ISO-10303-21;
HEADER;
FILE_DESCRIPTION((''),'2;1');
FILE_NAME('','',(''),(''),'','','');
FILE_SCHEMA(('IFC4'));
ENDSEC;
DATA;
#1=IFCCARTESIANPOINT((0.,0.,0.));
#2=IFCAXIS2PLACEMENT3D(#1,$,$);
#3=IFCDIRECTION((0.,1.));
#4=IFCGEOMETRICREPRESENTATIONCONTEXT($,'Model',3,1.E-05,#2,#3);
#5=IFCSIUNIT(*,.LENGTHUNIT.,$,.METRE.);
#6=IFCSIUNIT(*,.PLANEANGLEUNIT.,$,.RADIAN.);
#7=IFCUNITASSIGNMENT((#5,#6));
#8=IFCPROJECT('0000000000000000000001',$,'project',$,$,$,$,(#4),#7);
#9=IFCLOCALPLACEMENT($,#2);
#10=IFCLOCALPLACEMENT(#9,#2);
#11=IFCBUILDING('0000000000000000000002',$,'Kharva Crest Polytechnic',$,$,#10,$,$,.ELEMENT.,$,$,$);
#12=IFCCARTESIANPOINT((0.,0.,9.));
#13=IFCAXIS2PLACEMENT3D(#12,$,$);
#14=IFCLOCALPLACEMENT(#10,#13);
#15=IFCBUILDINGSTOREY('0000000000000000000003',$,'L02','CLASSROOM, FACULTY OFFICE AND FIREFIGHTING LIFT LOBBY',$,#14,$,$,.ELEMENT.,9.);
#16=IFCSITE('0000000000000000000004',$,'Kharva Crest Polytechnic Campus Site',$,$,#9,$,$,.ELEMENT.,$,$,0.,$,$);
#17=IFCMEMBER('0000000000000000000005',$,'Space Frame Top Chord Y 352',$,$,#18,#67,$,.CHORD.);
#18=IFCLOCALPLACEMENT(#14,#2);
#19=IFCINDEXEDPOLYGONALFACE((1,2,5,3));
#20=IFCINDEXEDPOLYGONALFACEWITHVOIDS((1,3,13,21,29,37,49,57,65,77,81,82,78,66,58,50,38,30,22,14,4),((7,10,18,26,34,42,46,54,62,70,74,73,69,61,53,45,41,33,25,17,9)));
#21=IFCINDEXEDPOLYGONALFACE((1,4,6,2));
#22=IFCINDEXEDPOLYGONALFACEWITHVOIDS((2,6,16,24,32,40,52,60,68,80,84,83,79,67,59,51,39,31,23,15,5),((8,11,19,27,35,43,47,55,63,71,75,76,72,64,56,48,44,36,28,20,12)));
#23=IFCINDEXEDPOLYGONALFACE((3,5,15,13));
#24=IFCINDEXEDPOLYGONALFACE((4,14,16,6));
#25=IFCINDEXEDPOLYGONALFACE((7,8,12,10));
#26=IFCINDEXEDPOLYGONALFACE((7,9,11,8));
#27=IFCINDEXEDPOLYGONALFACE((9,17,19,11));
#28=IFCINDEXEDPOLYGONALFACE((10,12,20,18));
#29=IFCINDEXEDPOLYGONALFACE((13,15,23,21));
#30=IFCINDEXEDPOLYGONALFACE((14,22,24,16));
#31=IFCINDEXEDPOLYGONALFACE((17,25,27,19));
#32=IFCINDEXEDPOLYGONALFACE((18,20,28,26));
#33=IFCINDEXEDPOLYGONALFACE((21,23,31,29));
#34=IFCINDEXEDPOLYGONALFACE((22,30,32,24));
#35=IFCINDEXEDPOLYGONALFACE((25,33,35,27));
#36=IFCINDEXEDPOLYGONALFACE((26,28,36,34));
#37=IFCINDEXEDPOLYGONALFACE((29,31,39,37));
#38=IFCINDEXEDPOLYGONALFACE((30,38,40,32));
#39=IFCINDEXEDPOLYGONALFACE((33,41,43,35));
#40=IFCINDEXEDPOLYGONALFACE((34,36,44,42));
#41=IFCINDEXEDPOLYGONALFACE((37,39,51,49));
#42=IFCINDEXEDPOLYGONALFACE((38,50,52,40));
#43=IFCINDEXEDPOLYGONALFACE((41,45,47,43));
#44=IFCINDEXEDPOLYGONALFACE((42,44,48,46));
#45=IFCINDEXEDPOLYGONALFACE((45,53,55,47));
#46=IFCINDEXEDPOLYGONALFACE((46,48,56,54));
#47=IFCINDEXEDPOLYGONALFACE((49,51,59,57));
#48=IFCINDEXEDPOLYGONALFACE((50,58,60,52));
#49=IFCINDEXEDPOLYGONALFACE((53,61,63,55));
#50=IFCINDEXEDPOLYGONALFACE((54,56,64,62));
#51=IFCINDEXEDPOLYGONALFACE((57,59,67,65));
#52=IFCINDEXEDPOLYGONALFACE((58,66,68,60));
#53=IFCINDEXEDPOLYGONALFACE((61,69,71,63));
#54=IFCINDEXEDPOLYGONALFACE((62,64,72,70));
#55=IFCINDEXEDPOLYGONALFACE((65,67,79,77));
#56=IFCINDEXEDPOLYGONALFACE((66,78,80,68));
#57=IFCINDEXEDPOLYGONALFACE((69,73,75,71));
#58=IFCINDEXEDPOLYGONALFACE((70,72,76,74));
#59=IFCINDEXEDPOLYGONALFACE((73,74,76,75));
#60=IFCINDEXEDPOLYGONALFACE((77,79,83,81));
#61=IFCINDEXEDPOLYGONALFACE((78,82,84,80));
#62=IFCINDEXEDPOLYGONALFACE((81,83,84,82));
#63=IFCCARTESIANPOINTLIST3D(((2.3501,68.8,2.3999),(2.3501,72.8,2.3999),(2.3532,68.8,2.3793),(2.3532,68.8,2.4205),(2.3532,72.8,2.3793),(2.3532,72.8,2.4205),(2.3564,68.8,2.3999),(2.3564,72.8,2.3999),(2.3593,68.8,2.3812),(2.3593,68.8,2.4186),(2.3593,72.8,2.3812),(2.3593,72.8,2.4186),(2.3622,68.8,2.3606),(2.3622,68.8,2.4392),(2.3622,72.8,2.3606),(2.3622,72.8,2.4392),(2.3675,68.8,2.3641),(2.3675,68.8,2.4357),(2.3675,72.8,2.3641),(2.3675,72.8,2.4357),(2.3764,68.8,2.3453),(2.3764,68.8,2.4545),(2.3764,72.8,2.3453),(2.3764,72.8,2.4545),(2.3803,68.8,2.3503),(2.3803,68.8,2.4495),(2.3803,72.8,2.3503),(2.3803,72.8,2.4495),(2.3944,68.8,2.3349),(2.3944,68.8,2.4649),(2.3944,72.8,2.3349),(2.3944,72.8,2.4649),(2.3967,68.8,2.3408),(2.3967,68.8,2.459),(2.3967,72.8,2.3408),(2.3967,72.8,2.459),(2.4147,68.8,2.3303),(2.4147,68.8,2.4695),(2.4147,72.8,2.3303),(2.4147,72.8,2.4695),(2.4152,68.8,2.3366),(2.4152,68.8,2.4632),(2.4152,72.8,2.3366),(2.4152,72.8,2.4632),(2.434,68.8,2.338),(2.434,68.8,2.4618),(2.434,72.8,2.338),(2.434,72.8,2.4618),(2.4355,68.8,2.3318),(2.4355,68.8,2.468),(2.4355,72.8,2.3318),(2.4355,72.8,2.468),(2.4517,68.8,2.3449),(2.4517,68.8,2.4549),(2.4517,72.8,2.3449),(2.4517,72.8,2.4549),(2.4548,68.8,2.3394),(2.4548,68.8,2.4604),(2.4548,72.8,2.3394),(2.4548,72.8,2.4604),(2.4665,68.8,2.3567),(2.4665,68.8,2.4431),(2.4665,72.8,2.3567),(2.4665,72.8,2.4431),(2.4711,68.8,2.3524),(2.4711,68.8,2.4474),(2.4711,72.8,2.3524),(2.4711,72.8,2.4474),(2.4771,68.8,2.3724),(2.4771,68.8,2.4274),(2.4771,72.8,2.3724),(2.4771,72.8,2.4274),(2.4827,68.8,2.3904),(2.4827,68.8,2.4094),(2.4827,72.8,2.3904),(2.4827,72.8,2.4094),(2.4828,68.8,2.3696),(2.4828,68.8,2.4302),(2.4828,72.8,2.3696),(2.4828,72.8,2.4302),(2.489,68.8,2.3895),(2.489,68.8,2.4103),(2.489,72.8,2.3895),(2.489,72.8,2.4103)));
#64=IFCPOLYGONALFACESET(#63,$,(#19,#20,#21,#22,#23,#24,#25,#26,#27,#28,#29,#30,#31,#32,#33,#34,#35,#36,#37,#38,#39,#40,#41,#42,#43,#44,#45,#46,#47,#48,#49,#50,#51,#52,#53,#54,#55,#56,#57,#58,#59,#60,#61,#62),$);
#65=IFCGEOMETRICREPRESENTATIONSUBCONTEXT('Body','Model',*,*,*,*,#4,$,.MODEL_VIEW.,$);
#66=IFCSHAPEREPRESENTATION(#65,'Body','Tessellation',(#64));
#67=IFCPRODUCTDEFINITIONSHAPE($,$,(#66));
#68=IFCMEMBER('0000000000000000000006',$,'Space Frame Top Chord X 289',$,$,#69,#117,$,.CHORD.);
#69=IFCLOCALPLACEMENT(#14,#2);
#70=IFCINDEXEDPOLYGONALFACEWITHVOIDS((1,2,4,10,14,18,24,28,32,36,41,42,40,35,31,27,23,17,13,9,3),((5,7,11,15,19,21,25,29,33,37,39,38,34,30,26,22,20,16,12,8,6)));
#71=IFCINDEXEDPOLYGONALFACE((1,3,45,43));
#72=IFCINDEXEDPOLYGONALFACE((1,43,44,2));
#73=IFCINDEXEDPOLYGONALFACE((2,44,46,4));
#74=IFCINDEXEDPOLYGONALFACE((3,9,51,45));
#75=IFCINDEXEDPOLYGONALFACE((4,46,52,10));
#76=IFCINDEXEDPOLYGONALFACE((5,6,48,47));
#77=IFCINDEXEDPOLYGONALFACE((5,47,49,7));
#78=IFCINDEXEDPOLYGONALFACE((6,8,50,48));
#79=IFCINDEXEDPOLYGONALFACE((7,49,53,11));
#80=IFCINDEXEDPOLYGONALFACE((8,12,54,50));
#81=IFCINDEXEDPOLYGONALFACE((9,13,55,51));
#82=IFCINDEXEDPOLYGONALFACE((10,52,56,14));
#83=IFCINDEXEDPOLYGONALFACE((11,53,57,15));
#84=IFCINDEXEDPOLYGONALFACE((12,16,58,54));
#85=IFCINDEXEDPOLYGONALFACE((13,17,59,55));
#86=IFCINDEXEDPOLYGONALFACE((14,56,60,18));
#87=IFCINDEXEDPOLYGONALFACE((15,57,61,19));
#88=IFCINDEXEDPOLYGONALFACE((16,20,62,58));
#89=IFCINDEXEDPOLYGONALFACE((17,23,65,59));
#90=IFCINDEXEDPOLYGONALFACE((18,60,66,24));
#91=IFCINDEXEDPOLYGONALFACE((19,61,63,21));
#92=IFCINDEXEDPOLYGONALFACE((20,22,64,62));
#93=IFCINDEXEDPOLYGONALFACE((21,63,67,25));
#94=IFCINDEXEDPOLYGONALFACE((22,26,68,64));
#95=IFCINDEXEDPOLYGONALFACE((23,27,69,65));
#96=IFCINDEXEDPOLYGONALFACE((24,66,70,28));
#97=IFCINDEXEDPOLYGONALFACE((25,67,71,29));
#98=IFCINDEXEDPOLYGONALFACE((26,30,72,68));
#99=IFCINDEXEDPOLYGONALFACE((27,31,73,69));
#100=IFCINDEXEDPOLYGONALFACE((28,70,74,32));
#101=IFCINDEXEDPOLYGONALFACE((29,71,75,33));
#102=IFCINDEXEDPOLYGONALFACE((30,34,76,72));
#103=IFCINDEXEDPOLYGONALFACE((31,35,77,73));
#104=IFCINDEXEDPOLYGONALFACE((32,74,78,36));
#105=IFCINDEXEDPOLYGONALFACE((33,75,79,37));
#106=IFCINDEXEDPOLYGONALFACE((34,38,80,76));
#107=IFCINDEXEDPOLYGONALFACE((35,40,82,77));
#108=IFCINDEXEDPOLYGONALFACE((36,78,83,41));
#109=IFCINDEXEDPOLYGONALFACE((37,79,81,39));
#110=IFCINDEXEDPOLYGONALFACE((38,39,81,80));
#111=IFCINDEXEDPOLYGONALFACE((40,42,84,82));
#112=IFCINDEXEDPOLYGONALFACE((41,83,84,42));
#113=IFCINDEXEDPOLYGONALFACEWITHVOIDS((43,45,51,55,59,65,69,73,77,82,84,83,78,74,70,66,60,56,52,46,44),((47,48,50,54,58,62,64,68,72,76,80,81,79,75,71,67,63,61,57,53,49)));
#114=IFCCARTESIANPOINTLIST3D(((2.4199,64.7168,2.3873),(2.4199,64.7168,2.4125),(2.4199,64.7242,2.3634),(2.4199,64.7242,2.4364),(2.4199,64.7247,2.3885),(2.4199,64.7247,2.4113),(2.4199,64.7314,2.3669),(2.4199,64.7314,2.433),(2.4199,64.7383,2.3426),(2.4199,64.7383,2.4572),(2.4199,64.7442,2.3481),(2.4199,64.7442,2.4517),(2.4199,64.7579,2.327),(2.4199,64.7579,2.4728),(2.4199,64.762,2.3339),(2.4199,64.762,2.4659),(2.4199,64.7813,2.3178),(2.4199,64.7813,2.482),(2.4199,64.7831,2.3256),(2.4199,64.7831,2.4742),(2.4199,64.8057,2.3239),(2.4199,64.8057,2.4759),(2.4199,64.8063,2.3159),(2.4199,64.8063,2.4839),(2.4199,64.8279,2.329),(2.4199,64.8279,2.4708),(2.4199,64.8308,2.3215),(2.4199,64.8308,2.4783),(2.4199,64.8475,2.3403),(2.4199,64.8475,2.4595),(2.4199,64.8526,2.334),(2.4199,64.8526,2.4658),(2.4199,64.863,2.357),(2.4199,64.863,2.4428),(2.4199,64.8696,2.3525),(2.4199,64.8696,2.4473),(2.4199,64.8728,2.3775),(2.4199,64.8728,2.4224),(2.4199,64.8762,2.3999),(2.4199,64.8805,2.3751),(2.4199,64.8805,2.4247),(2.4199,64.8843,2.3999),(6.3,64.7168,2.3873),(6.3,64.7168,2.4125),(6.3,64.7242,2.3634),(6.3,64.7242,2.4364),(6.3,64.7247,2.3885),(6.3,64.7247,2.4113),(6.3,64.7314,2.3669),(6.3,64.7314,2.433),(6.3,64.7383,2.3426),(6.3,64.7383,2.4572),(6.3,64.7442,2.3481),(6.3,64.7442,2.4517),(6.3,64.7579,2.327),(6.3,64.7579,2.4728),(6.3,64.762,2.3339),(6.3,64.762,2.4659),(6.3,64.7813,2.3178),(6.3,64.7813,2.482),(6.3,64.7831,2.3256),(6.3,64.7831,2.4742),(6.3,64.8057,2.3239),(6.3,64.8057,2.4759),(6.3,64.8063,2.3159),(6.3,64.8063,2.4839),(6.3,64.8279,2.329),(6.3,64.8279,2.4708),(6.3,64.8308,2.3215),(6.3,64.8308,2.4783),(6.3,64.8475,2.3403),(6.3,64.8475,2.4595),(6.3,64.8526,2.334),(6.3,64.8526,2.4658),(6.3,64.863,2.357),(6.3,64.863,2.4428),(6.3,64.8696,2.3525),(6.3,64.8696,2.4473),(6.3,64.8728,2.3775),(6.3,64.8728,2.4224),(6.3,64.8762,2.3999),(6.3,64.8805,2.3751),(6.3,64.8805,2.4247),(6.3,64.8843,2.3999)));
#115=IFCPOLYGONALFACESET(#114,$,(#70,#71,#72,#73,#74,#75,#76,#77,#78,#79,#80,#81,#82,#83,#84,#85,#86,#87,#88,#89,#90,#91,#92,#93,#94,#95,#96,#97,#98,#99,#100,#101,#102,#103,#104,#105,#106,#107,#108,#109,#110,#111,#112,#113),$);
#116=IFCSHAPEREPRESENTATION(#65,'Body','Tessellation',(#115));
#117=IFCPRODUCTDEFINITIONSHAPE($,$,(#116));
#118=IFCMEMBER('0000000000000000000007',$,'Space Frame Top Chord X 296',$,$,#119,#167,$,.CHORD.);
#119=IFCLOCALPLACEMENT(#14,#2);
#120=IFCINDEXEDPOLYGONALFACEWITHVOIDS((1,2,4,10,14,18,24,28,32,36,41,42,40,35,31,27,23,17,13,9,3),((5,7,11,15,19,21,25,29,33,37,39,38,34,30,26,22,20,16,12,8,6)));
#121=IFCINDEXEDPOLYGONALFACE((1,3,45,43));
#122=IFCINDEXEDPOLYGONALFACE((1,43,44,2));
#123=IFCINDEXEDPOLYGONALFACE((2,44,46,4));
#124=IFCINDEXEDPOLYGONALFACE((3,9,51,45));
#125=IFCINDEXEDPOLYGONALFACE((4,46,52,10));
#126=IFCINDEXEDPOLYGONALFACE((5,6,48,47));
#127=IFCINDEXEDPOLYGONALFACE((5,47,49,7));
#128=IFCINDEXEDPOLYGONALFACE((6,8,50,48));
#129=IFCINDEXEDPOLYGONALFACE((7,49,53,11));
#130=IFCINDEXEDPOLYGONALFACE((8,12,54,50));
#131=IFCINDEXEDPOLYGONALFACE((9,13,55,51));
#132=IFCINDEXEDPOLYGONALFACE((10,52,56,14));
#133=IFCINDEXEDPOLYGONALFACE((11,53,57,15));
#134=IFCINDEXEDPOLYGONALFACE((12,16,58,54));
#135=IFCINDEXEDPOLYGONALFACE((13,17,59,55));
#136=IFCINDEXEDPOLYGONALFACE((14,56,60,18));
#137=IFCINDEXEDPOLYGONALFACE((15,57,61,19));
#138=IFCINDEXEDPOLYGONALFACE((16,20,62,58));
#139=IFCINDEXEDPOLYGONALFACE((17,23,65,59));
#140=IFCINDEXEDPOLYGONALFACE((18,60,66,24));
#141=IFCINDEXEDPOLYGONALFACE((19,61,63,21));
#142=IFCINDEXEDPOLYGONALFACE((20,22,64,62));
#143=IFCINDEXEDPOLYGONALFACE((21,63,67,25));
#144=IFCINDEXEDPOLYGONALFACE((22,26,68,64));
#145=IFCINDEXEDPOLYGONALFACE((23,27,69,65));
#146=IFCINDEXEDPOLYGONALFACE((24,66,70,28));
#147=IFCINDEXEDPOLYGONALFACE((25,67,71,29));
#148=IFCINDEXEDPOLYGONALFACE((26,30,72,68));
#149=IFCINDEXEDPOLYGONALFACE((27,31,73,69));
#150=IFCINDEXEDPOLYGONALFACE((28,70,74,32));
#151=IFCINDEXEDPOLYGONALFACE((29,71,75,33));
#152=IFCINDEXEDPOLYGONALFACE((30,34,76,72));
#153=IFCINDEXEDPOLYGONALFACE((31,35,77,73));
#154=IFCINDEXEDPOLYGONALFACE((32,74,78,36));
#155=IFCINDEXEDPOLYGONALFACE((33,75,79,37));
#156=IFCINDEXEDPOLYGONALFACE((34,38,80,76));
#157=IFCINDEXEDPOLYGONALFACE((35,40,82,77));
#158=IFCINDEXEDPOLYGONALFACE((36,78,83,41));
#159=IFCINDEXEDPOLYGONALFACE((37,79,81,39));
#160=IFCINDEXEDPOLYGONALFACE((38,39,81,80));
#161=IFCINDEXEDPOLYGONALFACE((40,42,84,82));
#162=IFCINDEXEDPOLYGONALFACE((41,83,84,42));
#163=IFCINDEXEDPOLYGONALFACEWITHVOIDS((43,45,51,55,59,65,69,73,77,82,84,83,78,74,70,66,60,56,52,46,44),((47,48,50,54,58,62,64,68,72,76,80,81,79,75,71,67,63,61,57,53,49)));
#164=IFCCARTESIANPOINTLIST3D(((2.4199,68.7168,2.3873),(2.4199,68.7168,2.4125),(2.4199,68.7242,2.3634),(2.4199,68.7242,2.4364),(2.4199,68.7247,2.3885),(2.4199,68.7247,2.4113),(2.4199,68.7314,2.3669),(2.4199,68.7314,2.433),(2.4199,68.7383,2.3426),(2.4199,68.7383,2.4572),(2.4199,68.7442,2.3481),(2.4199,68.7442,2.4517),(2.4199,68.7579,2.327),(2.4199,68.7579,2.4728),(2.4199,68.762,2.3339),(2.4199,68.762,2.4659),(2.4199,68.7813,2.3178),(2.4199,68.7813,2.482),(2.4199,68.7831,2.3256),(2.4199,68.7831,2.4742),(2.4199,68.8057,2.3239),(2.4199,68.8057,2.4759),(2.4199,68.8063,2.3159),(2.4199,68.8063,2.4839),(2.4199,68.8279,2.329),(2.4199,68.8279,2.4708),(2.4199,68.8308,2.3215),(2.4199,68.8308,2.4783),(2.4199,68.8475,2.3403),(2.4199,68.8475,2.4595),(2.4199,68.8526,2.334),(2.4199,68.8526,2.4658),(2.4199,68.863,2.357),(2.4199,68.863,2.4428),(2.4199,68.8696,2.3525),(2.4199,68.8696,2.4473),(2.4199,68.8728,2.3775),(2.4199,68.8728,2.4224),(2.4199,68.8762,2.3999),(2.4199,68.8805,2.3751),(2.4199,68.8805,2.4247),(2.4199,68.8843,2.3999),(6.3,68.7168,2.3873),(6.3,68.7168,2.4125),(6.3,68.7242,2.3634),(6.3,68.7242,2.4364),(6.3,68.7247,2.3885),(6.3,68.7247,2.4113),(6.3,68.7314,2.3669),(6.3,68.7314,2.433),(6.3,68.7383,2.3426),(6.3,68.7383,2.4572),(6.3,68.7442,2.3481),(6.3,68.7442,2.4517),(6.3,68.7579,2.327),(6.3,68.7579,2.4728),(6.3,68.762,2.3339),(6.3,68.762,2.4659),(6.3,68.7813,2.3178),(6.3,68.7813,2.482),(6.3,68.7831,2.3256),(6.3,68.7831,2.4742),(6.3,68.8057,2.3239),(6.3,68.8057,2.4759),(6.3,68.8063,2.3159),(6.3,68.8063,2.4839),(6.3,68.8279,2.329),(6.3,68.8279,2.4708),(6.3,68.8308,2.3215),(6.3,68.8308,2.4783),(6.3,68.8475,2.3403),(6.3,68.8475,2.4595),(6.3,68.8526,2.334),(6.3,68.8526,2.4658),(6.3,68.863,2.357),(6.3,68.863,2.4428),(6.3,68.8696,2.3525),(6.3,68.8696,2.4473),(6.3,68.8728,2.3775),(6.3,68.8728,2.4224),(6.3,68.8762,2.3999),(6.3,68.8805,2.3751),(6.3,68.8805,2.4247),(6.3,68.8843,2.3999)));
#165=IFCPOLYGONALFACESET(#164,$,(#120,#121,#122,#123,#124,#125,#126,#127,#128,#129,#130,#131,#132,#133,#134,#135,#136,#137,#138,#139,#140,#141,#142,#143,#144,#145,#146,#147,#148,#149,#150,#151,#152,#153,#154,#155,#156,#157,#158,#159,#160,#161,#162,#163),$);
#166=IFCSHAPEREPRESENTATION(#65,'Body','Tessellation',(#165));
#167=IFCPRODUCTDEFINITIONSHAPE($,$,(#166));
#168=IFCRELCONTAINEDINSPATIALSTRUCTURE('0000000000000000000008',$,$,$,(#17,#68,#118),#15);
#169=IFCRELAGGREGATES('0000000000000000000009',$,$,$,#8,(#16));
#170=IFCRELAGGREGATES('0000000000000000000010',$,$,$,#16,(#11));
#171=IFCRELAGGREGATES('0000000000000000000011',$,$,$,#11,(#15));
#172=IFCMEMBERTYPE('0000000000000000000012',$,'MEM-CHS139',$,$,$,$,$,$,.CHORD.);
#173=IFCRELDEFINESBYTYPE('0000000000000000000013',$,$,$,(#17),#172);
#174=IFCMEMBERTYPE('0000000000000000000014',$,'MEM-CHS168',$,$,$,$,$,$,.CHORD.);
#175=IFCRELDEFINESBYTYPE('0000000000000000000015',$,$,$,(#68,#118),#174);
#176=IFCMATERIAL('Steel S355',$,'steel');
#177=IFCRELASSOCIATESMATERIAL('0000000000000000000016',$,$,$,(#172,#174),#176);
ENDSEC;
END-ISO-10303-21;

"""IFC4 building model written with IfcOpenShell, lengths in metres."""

from ifc_helpers import new_model, si_unit, direction, frame, origin, origin_2d, place, context, subcontext, project, spatial, hollow_circle, extrude, material, material_profile, profile_set, type_object, element, save


model = new_model("IFC4")

# Units and contexts
model_context = context("Model", 3, precision=1e-05, world=origin(), true_north=direction((0.0, 1.0)))
body_context = subcontext(model_context, "Body", "Model", "MODEL_VIEW")
ifc_project = project(units=[si_unit("LENGTHUNIT", "METRE"), si_unit("PLANEANGLEUNIT", "RADIAN")], contexts=[model_context])

# Site, building, storey
site_placement = place(None, origin())
site = spatial("IfcSite", under=ifc_project, at=site_placement, Name="Kharva Crest Polytechnic Campus Site", CompositionType="ELEMENT", RefElevation=0.0)
building_placement = place(site_placement, origin())
building = spatial("IfcBuilding", under=site, at=building_placement, Name="Kharva Crest Polytechnic", CompositionType="ELEMENT")
storey_placement = place(building_placement, frame((0.0, 0.0, 9.0)))
storey = spatial("IfcBuildingStorey", under=building, at=storey_placement, Name="L02", Description="CLASSROOM, FACULTY OFFICE AND FIREFIGHTING LIFT LOBBY", CompositionType="ELEMENT", Elevation=9.0)

# Shared definitions
ifc_material_1 = material(Name="Steel S355", Category="steel")

# Members
ifc_material_profile_1 = material_profile(ifc_material_1, hollow_circle(Radius=0.0698, WallThickness=0.0063, at=origin_2d()), Name="CHS 139.7X6.3")
ifc_profile_set_1 = profile_set([ifc_material_profile_1], Name="Steel S355")
member_type_1 = type_object("IfcMemberType", Name="MEM-CHS139", PredefinedType="CHORD", material=ifc_profile_set_1)
for number, where, z_axis, x_axis, name in (
    (1, (2.4199, 68.8, 2.3999), (0.0, 1.0, 0.0), (-1.0, 0.0, 0.0), "Space Frame Top Chord Y 352"),
):
    element("IfcMember", number, at=place(storey_placement, frame(where, z_axis=z_axis, x_axis=x_axis)), inside=storey, type_object=member_type_1, Name=name, PredefinedType="CHORD", context=body_context, shape_type="SweptSolid", body=[
        extrude(hollow_circle(Radius=0.0698, WallThickness=0.0063, at=origin_2d()), origin(), (0.0, 0.0, 1.0), 4.0),
    ])
ifc_material_profile_2 = material_profile(ifc_material_1, hollow_circle(Radius=0.0842, WallThickness=0.0081, at=origin_2d()), Name="CHS 168.3X8.0")
ifc_profile_set_2 = profile_set([ifc_material_profile_2], Name="Steel S355")
member_type_2 = type_object("IfcMemberType", Name="MEM-CHS168", PredefinedType="CHORD", material=ifc_profile_set_2)
for number, where, z_axis, x_axis, name in (
    (2, (2.4199, 64.8, 2.3999), (1.0, 0.0, 0.0), (0.0, 1.0, 0.0), "Space Frame Top Chord X 289"),
    (3, (2.4199, 68.8, 2.3999), (1.0, 0.0, 0.0), (0.0, 1.0, 0.0), "Space Frame Top Chord X 296"),
):
    element("IfcMember", number, at=place(storey_placement, frame(where, z_axis=z_axis, x_axis=x_axis)), inside=storey, type_object=member_type_2, Name=name, PredefinedType="CHORD", context=body_context, shape_type="SweptSolid", body=[
        extrude(hollow_circle(Radius=0.0842, WallThickness=0.0081, at=origin_2d()), origin(), (0.0, 0.0, 1.0), 3.8801),
    ])

save(model, "model.ifc")
